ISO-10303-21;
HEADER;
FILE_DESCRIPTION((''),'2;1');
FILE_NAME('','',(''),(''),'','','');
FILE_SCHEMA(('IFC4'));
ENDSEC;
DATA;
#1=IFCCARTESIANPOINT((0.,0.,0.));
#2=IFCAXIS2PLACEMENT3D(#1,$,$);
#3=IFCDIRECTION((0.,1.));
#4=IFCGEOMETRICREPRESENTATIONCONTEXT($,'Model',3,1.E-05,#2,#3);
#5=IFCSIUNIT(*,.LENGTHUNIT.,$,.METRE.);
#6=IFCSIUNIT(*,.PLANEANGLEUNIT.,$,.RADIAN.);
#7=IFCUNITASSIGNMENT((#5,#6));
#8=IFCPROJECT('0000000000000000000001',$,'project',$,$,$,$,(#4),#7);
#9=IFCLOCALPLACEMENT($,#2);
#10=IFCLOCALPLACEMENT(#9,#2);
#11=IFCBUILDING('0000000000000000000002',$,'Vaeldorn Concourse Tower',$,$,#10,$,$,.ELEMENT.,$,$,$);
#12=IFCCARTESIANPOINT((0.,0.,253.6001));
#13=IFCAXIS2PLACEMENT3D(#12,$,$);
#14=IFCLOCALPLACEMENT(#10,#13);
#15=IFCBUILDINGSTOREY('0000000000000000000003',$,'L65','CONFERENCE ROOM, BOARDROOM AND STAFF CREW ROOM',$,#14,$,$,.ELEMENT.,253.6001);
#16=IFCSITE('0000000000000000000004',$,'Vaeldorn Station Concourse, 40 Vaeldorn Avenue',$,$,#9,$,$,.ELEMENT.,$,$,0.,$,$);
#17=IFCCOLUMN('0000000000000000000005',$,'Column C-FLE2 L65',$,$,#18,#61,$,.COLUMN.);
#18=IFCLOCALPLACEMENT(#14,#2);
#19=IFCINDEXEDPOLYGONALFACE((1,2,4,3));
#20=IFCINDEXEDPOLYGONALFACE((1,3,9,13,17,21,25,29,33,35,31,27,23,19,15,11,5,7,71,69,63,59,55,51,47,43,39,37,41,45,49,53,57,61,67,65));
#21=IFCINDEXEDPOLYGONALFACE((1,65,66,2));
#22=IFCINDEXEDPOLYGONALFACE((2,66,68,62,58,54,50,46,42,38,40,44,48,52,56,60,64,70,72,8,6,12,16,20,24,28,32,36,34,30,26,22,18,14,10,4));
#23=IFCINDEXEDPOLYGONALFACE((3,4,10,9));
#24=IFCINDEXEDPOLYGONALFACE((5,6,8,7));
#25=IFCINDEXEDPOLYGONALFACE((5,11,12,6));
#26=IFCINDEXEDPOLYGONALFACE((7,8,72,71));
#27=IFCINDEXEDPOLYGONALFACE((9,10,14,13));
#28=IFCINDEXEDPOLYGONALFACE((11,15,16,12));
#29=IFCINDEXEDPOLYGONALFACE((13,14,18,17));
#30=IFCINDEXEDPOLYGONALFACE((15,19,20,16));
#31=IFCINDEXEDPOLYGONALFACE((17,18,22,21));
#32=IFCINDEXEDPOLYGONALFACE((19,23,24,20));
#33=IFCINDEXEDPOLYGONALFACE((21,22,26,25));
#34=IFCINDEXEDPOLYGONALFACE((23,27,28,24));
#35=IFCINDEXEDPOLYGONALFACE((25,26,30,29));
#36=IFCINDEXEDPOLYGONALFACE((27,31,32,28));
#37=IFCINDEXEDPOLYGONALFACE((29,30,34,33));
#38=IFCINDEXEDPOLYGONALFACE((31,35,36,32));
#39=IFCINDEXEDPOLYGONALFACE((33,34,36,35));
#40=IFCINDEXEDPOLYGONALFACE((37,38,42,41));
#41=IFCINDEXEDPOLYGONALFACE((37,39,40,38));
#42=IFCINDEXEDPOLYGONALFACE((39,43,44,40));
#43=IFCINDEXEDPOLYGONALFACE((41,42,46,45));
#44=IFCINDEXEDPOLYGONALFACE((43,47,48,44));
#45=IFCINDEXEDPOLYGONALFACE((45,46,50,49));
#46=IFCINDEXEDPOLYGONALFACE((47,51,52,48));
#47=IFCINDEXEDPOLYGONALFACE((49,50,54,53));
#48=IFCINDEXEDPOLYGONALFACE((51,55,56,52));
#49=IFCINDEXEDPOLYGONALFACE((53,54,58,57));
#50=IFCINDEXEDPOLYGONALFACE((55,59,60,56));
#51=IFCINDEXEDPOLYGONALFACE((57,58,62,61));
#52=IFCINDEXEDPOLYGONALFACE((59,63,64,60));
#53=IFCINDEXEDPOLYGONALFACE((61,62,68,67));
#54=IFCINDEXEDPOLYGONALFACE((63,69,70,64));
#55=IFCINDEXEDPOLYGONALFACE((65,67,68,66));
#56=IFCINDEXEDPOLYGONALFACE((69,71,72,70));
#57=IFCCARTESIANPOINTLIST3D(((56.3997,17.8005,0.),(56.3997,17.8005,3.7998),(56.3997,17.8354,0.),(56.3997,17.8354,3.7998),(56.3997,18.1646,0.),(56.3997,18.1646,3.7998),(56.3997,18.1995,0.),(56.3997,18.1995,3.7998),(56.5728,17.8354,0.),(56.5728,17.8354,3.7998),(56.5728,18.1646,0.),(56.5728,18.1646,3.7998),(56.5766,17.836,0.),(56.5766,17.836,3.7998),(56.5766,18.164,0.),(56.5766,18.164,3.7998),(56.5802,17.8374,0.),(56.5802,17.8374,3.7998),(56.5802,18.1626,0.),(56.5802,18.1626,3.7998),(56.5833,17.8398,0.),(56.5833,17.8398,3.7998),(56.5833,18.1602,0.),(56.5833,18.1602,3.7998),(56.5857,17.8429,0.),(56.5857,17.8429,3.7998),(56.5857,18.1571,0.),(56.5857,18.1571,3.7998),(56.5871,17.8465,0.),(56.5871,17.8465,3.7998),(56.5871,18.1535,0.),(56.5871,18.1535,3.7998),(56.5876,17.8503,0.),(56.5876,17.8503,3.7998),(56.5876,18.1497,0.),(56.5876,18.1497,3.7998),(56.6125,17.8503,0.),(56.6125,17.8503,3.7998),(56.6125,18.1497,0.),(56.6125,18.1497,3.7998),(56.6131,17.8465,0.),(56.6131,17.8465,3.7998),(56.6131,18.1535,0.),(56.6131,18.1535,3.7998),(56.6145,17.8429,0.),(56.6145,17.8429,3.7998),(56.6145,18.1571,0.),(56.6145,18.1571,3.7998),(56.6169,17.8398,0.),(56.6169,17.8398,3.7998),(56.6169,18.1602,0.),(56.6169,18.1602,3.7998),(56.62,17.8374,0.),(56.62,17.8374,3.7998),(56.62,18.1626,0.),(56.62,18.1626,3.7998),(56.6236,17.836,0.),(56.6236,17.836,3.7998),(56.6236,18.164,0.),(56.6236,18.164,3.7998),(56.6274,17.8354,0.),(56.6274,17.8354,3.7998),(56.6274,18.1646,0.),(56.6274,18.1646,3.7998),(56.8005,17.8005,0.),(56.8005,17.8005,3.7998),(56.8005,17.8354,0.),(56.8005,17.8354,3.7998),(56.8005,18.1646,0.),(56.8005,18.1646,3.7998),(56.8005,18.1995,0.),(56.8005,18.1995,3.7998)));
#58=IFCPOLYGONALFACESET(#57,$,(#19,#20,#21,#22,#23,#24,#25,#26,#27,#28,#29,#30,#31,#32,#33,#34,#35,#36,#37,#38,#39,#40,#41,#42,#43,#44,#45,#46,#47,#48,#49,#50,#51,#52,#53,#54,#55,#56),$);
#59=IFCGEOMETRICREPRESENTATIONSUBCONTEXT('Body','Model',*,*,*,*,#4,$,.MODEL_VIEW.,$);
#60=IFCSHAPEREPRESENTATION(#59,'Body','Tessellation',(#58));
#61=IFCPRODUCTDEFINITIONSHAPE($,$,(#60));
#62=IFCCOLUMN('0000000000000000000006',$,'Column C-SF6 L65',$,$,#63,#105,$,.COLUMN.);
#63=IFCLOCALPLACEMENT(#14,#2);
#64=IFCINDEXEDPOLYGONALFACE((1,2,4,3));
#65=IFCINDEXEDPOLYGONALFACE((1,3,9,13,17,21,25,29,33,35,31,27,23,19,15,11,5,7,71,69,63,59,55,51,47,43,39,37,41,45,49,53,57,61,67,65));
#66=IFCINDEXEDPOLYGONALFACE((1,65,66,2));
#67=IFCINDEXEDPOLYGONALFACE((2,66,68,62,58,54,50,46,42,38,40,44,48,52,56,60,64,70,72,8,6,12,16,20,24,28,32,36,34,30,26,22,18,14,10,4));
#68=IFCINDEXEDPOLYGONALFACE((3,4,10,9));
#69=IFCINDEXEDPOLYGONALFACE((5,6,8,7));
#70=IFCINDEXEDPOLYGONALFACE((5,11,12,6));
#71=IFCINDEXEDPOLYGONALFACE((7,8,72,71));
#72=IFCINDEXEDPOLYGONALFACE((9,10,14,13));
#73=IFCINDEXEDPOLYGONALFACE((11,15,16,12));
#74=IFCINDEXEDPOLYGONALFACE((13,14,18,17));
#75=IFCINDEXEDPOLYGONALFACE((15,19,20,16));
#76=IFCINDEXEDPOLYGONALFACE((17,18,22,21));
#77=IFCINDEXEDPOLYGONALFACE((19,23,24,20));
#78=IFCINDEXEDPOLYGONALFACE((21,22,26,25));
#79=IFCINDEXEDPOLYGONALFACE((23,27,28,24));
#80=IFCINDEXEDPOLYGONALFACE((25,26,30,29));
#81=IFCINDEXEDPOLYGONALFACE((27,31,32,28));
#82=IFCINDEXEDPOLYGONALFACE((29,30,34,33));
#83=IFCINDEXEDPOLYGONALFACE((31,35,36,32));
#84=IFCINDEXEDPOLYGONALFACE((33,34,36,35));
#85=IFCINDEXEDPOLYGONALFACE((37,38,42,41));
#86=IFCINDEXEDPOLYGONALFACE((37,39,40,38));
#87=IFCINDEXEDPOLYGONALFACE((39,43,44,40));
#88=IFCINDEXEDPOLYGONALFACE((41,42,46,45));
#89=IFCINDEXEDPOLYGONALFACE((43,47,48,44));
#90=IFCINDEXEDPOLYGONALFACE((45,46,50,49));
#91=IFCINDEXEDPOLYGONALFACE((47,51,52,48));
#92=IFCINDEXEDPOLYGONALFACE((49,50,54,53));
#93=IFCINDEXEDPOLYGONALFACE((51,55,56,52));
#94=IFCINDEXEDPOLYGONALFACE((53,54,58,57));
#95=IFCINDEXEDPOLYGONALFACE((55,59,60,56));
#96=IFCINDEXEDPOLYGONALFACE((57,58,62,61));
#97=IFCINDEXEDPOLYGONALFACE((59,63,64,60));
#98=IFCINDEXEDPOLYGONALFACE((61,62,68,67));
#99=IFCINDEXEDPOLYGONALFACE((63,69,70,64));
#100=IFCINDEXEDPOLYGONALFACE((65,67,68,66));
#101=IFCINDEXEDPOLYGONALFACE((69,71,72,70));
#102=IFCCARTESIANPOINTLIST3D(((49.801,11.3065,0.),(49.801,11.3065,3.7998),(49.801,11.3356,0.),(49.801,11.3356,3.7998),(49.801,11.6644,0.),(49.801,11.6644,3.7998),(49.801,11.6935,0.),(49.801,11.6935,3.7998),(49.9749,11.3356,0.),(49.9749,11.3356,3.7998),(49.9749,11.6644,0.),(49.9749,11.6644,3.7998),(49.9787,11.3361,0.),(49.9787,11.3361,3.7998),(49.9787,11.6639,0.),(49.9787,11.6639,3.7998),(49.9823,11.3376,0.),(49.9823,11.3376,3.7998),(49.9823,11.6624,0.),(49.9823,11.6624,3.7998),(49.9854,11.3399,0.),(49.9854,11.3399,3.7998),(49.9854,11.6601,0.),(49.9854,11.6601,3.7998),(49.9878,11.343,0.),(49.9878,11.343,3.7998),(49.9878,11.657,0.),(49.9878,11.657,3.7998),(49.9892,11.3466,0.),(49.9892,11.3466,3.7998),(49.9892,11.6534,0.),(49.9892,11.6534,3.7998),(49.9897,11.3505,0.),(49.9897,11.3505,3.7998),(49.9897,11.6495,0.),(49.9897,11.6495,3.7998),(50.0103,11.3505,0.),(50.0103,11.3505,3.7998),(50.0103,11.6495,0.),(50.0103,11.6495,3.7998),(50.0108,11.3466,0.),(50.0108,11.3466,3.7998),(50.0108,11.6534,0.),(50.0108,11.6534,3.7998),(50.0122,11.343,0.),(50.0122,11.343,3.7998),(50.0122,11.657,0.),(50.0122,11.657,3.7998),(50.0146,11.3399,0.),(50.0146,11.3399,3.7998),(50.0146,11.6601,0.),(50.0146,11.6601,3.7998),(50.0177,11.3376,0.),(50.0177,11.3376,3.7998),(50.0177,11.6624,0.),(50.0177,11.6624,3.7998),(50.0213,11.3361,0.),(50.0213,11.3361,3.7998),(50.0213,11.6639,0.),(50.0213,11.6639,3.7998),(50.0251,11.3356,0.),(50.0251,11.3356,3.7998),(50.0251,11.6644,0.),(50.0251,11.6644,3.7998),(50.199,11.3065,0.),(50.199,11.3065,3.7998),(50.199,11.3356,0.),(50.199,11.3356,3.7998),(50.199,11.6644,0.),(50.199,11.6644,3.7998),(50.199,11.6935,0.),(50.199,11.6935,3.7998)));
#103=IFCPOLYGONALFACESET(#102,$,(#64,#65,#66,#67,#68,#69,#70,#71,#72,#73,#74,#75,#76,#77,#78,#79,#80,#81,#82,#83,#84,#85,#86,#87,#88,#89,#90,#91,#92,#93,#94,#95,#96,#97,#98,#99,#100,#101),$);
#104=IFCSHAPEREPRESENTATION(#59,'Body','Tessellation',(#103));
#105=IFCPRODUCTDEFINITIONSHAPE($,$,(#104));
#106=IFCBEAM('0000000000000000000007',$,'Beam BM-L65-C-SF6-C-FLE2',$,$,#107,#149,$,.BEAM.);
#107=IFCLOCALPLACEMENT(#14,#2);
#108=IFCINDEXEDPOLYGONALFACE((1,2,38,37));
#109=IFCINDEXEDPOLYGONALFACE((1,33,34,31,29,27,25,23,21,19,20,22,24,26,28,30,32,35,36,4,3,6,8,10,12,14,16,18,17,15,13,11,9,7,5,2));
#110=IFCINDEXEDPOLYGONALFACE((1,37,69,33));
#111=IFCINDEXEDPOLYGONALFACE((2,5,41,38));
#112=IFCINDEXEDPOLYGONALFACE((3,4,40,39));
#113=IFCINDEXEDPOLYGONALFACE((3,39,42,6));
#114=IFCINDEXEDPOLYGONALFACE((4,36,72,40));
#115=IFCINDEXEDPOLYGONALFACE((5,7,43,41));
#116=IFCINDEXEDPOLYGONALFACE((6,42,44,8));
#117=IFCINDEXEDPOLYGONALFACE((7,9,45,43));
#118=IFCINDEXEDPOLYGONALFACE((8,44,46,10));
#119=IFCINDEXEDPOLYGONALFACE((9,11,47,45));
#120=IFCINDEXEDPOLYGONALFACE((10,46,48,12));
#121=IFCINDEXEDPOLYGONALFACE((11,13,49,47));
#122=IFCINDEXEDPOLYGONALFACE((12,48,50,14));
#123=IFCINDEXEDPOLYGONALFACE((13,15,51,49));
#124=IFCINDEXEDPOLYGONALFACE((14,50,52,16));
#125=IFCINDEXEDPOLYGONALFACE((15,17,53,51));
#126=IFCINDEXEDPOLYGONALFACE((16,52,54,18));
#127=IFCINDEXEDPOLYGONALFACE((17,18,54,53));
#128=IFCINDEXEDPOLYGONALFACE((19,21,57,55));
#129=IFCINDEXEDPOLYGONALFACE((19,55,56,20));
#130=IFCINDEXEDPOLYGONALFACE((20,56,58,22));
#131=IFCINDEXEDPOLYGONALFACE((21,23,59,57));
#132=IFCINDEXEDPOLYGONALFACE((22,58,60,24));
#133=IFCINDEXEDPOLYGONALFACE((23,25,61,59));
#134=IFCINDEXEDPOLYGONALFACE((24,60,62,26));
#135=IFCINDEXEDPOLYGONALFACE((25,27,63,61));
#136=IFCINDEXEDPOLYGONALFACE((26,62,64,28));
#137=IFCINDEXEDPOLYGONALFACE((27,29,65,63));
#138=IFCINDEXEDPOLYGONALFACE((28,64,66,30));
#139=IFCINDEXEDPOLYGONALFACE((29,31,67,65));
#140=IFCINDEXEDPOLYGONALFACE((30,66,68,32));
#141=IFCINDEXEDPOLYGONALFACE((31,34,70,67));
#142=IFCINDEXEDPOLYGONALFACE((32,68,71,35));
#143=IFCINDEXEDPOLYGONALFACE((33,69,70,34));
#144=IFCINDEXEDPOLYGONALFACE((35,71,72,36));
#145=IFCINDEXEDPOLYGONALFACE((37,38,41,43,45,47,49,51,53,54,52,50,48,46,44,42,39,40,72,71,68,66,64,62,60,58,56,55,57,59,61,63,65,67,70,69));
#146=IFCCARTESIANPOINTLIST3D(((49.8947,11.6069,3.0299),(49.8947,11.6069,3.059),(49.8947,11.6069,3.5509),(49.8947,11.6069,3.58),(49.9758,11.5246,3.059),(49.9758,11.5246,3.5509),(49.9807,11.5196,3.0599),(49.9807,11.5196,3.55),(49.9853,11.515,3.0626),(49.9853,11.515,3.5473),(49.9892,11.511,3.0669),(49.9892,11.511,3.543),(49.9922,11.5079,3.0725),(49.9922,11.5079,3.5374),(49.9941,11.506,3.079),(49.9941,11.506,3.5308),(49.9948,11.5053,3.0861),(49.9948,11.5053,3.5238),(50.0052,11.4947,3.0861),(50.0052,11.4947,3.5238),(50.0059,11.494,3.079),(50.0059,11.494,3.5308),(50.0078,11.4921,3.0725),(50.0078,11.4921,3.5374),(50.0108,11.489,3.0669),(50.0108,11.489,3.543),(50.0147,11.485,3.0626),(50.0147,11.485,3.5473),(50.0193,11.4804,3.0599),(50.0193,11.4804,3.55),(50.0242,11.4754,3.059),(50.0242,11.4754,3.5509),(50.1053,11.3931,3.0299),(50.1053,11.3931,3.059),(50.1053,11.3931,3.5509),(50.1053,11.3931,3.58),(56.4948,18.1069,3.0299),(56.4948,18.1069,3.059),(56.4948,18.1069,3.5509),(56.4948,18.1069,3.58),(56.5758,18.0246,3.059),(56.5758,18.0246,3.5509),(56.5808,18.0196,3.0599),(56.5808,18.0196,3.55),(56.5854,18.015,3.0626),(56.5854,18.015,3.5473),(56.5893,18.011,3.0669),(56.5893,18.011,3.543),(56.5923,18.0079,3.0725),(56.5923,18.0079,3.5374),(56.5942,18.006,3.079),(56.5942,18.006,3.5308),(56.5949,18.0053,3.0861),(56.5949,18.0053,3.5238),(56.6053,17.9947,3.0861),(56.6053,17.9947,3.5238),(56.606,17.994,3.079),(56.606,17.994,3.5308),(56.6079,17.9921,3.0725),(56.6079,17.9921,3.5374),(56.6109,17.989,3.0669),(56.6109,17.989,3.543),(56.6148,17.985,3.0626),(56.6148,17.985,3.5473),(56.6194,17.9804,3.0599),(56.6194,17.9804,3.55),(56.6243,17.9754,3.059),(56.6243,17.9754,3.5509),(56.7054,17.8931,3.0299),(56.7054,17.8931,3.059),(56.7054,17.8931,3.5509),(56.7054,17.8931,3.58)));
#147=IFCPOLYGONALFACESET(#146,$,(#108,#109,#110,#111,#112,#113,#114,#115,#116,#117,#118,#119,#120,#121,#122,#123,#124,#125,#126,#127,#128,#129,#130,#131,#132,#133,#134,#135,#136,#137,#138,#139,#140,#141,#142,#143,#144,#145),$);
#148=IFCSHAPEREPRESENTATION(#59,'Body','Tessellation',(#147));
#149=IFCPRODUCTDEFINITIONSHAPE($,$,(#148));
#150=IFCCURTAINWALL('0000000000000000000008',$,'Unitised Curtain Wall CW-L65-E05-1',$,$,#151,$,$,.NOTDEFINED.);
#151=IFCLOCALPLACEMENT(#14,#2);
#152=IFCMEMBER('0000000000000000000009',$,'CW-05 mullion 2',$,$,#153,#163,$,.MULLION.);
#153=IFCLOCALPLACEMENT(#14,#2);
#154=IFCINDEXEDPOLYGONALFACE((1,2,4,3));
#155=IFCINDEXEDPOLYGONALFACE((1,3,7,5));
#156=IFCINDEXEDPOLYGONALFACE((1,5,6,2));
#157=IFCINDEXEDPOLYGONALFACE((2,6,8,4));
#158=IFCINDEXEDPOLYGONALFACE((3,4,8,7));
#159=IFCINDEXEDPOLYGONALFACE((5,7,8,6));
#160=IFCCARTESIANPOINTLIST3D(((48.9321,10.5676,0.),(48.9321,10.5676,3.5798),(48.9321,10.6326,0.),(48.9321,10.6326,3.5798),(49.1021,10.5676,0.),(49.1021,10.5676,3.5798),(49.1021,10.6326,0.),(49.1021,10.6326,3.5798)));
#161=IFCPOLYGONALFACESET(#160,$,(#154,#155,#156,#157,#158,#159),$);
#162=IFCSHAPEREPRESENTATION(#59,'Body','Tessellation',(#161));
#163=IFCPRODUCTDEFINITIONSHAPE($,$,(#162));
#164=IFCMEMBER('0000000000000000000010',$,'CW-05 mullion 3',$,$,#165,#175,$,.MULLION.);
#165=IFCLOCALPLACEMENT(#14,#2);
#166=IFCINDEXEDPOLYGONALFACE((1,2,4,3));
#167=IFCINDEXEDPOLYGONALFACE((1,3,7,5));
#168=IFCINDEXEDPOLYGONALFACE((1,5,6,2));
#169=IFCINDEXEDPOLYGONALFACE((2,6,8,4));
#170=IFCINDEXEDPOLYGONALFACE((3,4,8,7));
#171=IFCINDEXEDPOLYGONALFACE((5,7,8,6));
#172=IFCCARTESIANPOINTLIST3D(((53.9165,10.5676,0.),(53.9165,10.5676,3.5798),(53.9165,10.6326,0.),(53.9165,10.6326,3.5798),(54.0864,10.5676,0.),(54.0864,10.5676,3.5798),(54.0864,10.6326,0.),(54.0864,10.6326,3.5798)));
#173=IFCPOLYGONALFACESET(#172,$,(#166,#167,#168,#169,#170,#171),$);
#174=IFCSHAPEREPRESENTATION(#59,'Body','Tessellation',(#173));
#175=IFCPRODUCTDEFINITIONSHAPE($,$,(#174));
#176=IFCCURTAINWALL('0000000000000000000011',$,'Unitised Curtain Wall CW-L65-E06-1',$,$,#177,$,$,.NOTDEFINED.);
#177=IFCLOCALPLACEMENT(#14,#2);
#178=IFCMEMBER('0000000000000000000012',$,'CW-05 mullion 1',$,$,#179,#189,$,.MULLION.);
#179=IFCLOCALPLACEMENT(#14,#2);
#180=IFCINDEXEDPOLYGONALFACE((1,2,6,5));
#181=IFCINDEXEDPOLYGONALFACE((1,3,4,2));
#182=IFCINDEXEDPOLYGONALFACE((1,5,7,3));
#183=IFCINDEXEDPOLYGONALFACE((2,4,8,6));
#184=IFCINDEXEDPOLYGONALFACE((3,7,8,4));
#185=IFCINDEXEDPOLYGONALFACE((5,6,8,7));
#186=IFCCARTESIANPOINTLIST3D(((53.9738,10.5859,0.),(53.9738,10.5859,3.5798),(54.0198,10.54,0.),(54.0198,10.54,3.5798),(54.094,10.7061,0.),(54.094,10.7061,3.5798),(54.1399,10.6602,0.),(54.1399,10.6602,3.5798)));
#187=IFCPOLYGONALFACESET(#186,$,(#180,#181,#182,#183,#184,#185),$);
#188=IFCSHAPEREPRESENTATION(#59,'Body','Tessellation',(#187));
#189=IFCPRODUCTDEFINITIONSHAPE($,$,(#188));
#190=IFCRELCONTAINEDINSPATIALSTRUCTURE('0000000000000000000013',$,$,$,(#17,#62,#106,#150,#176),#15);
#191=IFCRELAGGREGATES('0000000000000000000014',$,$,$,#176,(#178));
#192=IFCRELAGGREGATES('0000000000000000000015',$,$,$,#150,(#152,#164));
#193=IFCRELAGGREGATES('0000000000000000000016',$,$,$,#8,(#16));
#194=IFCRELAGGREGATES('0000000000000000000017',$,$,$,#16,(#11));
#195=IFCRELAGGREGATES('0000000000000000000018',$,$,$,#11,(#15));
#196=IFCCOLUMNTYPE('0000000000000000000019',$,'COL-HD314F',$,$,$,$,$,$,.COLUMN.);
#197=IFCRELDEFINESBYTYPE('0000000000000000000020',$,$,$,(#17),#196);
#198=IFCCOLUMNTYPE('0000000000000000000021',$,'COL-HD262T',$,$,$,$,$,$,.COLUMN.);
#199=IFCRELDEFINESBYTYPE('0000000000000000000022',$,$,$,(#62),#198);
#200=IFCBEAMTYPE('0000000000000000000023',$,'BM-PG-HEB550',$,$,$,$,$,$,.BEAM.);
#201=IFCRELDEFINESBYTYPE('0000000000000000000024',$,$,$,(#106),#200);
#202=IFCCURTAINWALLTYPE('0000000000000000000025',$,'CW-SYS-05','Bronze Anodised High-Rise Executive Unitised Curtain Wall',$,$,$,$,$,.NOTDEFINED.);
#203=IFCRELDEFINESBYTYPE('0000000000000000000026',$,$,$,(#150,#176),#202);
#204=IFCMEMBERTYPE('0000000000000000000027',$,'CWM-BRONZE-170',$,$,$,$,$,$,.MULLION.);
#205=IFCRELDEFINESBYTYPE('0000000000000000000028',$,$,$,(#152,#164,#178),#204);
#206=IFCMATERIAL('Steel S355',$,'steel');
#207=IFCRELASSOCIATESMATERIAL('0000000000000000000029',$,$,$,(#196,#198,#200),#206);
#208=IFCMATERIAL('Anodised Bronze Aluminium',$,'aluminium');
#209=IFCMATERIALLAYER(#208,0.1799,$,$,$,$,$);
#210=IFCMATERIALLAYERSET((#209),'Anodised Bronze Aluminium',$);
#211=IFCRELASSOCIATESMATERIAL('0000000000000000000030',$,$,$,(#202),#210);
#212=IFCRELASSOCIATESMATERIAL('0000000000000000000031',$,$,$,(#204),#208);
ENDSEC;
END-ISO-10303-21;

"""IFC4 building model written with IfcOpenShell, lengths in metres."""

from ifc_helpers import new_model, si_unit, direction, frame, origin, origin_2d, place, context, subcontext, project, spatial, rectangle, i_section, extrude, source, transform, mapped, material, layer, layer_set, material_profile, profile_set, type_object, element, aggregate, save


model = new_model("IFC4")

# Units and contexts
model_context = context("Model", 3, precision=1e-05, world=origin(), true_north=direction((0.0, 1.0)))
body_context = subcontext(model_context, "Body", "Model", "MODEL_VIEW")
ifc_project = project(units=[si_unit("LENGTHUNIT", "METRE"), si_unit("PLANEANGLEUNIT", "RADIAN")], contexts=[model_context])

# Site, building, storey
site_placement = place(None, origin())
site = spatial("IfcSite", under=ifc_project, at=site_placement, Name="Vaeldorn Station Concourse, 40 Vaeldorn Avenue", CompositionType="ELEMENT", RefElevation=0.0)
building_placement = place(site_placement, origin())
building = spatial("IfcBuilding", under=site, at=building_placement, Name="Vaeldorn Concourse Tower", CompositionType="ELEMENT")
storey_placement = place(building_placement, frame((0.0, 0.0, 253.6001)))
storey = spatial("IfcBuildingStorey", under=building, at=storey_placement, Name="L65", Description="CONFERENCE ROOM, BOARDROOM AND STAFF CREW ROOM", CompositionType="ELEMENT", Elevation=253.6001)

# Columns
ifc_material_1 = material(Name="Steel S355", Category="steel")
ifc_material_profile_1 = material_profile(ifc_material_1, i_section(OverallWidth=0.4009, OverallDepth=0.3989, WebThickness=0.0249, FlangeThickness=0.0349, FilletRadius=0.0149, at=origin_2d()), Name="HD 400x314")
ifc_profile_set_1 = profile_set([ifc_material_profile_1], Name="Steel S355")
column_type_1 = type_object("IfcColumnType", Name="COL-HD314F", PredefinedType="COLUMN", material=ifc_profile_set_1)
shared_shape_1 = source(origin(), body_context, "Body", "SweptSolid", [
    extrude(i_section(OverallWidth=0.4009, OverallDepth=0.3989, WebThickness=0.0249, FlangeThickness=0.0349, FilletRadius=0.0149, at=origin_2d()), origin(), (0.0, 0.0, 1.0), 3.7998),
])
column_1_placement = place(storey_placement, frame((56.6001, 18.0, 0.0), z_axis=(0.0, 0.0, 1.0), x_axis=(1.0, 0.0, 0.0)))
element("IfcColumn", 1, at=column_1_placement, inside=storey, type_object=column_type_1, Name="Column C-FLE2 L65", PredefinedType="COLUMN", context=body_context, shape_type="MappedRepresentation", body=[
    mapped(shared_shape_1, transform((0.0, 0.0, 0.0), scale=1.0)),
])
ifc_material_profile_2 = material_profile(ifc_material_1, i_section(OverallWidth=0.3979, OverallDepth=0.387, WebThickness=0.0205, FlangeThickness=0.0291, FilletRadius=0.0149, at=origin_2d()), Name="HD 400x262")
ifc_profile_set_2 = profile_set([ifc_material_profile_2], Name="Steel S355")
column_type_2 = type_object("IfcColumnType", Name="COL-HD262T", PredefinedType="COLUMN", material=ifc_profile_set_2)
shared_shape_2 = source(origin(), body_context, "Body", "SweptSolid", [
    extrude(i_section(OverallWidth=0.3979, OverallDepth=0.387, WebThickness=0.0205, FlangeThickness=0.0291, FilletRadius=0.0149, at=origin_2d()), origin(), (0.0, 0.0, 1.0), 3.7998),
])
column_2_placement = place(storey_placement, frame((50.0, 11.5, 0.0), z_axis=(0.0, 0.0, 1.0), x_axis=(1.0, 0.0, 0.0)))
element("IfcColumn", 2, at=column_2_placement, inside=storey, type_object=column_type_2, Name="Column C-SF6 L65", PredefinedType="COLUMN", context=body_context, shape_type="MappedRepresentation", body=[
    mapped(shared_shape_2, transform((0.0, 0.0, 0.0), scale=1.0)),
])

# Beam
ifc_material_profile_3 = material_profile(ifc_material_1, i_section(OverallWidth=0.3, OverallDepth=0.55, WebThickness=0.0149, FlangeThickness=0.0291, FilletRadius=0.0271, at=origin_2d()), Name="HEB 550")
ifc_profile_set_3 = profile_set([ifc_material_profile_3], Name="Steel S355")
beam_type = type_object("IfcBeamType", Name="BM-PG-HEB550", PredefinedType="BEAM", material=ifc_profile_set_3)
shared_shape_3 = source(origin(), body_context, "Body", "SweptSolid", [
    extrude(i_section(OverallWidth=0.3, OverallDepth=0.55, WebThickness=0.0149, FlangeThickness=0.0291, FilletRadius=0.0271, at=origin_2d()), origin(), (0.0, 0.0, 1.0), 9.2634),
])
beam_placement = place(storey_placement, frame((50.0, 11.5, 3.3049), z_axis=(0.712489, 0.701683, 0.0), x_axis=(-0.701683, 0.712489, 0.0)))
element("IfcBeam", 3, at=beam_placement, inside=storey, type_object=beam_type, Name="Beam BM-L65-C-SF6-C-FLE2", PredefinedType="BEAM", context=body_context, shape_type="MappedRepresentation", body=[
    mapped(shared_shape_3, transform((0.0, 0.0, 0.0), scale=1.0)),
])

# Curtain walls, members
ifc_material_2 = material(Name="Anodised Bronze Aluminium", Category="aluminium")
ifc_layer_1 = layer(ifc_material_2, 0.1799)
ifc_layer_set_1 = layer_set([ifc_layer_1], Name="Anodised Bronze Aluminium")
curtain_wall_type = type_object("IfcCurtainWallType", Name="CW-SYS-05", Description="Bronze Anodised High-Rise Executive Unitised Curtain Wall", PredefinedType="NOTDEFINED", material=ifc_layer_set_1)
curtain_wall_1_placement = place(storey_placement, origin())
curtain_wall_1 = element("IfcCurtainWall", 4, at=curtain_wall_1_placement, inside=storey, type_object=curtain_wall_type, Name="Unitised Curtain Wall CW-L65-E05-1", PredefinedType="NOTDEFINED")
ifc_material_profile_4 = material_profile(ifc_material_2, rectangle(XDim=0.0649, YDim=0.1699, at=origin_2d()), Name="CWM 65x170")
ifc_profile_set_4 = profile_set([ifc_material_profile_4], Name="Anodised Bronze Aluminium")
member_type_1 = type_object("IfcMemberType", Name="CWM-BRONZE-170", PredefinedType="MULLION", material=ifc_profile_set_4)
shared_shape_4 = source(origin(), body_context, "Body", "SweptSolid", [
    extrude(rectangle(XDim=0.0649, YDim=0.1699, at=origin_2d()), origin(), (0.0, 0.0, 1.0), 3.5798),
])
member_1_placement = place(storey_placement, frame((49.0171, 10.6001, 0.0), z_axis=(0.0, 0.0, 1.0), x_axis=(0.0, 1.0, 0.0)))
member_1 = element("IfcMember", 5, at=member_1_placement, type_object=member_type_1, Name="CW-05 mullion 2", PredefinedType="MULLION", context=body_context, shape_type="MappedRepresentation", body=[
    mapped(shared_shape_4, transform((0.0, 0.0, 0.0), scale=1.0)),
])
member_2_placement = place(storey_placement, frame((54.0015, 10.6001, 0.0), z_axis=(0.0, 0.0, 1.0), x_axis=(0.0, 1.0, 0.0)))
member_2 = element("IfcMember", 6, at=member_2_placement, type_object=member_type_1, Name="CW-05 mullion 3", PredefinedType="MULLION", context=body_context, shape_type="MappedRepresentation", body=[
    mapped(shared_shape_4, transform((0.0, 0.0, 0.0), scale=1.0)),
])
curtain_wall_2_placement = place(storey_placement, origin())
curtain_wall_2 = element("IfcCurtainWall", 7, at=curtain_wall_2_placement, inside=storey, type_object=curtain_wall_type, Name="Unitised Curtain Wall CW-L65-E06-1", PredefinedType="NOTDEFINED")
member_3_placement = place(storey_placement, frame((54.0569, 10.623, 0.0), z_axis=(0.0, 0.0, 1.0), x_axis=(-0.707107, 0.707107, 0.0)))
member_3 = element("IfcMember", 8, at=member_3_placement, type_object=member_type_1, Name="CW-05 mullion 1", PredefinedType="MULLION", context=body_context, shape_type="MappedRepresentation", body=[
    mapped(shared_shape_4, transform((0.0, 0.0, 0.0), scale=1.0)),
])

aggregate(curtain_wall_2, [member_3])
aggregate(curtain_wall_1, [member_1, member_2])

save(model, "model.ifc")
